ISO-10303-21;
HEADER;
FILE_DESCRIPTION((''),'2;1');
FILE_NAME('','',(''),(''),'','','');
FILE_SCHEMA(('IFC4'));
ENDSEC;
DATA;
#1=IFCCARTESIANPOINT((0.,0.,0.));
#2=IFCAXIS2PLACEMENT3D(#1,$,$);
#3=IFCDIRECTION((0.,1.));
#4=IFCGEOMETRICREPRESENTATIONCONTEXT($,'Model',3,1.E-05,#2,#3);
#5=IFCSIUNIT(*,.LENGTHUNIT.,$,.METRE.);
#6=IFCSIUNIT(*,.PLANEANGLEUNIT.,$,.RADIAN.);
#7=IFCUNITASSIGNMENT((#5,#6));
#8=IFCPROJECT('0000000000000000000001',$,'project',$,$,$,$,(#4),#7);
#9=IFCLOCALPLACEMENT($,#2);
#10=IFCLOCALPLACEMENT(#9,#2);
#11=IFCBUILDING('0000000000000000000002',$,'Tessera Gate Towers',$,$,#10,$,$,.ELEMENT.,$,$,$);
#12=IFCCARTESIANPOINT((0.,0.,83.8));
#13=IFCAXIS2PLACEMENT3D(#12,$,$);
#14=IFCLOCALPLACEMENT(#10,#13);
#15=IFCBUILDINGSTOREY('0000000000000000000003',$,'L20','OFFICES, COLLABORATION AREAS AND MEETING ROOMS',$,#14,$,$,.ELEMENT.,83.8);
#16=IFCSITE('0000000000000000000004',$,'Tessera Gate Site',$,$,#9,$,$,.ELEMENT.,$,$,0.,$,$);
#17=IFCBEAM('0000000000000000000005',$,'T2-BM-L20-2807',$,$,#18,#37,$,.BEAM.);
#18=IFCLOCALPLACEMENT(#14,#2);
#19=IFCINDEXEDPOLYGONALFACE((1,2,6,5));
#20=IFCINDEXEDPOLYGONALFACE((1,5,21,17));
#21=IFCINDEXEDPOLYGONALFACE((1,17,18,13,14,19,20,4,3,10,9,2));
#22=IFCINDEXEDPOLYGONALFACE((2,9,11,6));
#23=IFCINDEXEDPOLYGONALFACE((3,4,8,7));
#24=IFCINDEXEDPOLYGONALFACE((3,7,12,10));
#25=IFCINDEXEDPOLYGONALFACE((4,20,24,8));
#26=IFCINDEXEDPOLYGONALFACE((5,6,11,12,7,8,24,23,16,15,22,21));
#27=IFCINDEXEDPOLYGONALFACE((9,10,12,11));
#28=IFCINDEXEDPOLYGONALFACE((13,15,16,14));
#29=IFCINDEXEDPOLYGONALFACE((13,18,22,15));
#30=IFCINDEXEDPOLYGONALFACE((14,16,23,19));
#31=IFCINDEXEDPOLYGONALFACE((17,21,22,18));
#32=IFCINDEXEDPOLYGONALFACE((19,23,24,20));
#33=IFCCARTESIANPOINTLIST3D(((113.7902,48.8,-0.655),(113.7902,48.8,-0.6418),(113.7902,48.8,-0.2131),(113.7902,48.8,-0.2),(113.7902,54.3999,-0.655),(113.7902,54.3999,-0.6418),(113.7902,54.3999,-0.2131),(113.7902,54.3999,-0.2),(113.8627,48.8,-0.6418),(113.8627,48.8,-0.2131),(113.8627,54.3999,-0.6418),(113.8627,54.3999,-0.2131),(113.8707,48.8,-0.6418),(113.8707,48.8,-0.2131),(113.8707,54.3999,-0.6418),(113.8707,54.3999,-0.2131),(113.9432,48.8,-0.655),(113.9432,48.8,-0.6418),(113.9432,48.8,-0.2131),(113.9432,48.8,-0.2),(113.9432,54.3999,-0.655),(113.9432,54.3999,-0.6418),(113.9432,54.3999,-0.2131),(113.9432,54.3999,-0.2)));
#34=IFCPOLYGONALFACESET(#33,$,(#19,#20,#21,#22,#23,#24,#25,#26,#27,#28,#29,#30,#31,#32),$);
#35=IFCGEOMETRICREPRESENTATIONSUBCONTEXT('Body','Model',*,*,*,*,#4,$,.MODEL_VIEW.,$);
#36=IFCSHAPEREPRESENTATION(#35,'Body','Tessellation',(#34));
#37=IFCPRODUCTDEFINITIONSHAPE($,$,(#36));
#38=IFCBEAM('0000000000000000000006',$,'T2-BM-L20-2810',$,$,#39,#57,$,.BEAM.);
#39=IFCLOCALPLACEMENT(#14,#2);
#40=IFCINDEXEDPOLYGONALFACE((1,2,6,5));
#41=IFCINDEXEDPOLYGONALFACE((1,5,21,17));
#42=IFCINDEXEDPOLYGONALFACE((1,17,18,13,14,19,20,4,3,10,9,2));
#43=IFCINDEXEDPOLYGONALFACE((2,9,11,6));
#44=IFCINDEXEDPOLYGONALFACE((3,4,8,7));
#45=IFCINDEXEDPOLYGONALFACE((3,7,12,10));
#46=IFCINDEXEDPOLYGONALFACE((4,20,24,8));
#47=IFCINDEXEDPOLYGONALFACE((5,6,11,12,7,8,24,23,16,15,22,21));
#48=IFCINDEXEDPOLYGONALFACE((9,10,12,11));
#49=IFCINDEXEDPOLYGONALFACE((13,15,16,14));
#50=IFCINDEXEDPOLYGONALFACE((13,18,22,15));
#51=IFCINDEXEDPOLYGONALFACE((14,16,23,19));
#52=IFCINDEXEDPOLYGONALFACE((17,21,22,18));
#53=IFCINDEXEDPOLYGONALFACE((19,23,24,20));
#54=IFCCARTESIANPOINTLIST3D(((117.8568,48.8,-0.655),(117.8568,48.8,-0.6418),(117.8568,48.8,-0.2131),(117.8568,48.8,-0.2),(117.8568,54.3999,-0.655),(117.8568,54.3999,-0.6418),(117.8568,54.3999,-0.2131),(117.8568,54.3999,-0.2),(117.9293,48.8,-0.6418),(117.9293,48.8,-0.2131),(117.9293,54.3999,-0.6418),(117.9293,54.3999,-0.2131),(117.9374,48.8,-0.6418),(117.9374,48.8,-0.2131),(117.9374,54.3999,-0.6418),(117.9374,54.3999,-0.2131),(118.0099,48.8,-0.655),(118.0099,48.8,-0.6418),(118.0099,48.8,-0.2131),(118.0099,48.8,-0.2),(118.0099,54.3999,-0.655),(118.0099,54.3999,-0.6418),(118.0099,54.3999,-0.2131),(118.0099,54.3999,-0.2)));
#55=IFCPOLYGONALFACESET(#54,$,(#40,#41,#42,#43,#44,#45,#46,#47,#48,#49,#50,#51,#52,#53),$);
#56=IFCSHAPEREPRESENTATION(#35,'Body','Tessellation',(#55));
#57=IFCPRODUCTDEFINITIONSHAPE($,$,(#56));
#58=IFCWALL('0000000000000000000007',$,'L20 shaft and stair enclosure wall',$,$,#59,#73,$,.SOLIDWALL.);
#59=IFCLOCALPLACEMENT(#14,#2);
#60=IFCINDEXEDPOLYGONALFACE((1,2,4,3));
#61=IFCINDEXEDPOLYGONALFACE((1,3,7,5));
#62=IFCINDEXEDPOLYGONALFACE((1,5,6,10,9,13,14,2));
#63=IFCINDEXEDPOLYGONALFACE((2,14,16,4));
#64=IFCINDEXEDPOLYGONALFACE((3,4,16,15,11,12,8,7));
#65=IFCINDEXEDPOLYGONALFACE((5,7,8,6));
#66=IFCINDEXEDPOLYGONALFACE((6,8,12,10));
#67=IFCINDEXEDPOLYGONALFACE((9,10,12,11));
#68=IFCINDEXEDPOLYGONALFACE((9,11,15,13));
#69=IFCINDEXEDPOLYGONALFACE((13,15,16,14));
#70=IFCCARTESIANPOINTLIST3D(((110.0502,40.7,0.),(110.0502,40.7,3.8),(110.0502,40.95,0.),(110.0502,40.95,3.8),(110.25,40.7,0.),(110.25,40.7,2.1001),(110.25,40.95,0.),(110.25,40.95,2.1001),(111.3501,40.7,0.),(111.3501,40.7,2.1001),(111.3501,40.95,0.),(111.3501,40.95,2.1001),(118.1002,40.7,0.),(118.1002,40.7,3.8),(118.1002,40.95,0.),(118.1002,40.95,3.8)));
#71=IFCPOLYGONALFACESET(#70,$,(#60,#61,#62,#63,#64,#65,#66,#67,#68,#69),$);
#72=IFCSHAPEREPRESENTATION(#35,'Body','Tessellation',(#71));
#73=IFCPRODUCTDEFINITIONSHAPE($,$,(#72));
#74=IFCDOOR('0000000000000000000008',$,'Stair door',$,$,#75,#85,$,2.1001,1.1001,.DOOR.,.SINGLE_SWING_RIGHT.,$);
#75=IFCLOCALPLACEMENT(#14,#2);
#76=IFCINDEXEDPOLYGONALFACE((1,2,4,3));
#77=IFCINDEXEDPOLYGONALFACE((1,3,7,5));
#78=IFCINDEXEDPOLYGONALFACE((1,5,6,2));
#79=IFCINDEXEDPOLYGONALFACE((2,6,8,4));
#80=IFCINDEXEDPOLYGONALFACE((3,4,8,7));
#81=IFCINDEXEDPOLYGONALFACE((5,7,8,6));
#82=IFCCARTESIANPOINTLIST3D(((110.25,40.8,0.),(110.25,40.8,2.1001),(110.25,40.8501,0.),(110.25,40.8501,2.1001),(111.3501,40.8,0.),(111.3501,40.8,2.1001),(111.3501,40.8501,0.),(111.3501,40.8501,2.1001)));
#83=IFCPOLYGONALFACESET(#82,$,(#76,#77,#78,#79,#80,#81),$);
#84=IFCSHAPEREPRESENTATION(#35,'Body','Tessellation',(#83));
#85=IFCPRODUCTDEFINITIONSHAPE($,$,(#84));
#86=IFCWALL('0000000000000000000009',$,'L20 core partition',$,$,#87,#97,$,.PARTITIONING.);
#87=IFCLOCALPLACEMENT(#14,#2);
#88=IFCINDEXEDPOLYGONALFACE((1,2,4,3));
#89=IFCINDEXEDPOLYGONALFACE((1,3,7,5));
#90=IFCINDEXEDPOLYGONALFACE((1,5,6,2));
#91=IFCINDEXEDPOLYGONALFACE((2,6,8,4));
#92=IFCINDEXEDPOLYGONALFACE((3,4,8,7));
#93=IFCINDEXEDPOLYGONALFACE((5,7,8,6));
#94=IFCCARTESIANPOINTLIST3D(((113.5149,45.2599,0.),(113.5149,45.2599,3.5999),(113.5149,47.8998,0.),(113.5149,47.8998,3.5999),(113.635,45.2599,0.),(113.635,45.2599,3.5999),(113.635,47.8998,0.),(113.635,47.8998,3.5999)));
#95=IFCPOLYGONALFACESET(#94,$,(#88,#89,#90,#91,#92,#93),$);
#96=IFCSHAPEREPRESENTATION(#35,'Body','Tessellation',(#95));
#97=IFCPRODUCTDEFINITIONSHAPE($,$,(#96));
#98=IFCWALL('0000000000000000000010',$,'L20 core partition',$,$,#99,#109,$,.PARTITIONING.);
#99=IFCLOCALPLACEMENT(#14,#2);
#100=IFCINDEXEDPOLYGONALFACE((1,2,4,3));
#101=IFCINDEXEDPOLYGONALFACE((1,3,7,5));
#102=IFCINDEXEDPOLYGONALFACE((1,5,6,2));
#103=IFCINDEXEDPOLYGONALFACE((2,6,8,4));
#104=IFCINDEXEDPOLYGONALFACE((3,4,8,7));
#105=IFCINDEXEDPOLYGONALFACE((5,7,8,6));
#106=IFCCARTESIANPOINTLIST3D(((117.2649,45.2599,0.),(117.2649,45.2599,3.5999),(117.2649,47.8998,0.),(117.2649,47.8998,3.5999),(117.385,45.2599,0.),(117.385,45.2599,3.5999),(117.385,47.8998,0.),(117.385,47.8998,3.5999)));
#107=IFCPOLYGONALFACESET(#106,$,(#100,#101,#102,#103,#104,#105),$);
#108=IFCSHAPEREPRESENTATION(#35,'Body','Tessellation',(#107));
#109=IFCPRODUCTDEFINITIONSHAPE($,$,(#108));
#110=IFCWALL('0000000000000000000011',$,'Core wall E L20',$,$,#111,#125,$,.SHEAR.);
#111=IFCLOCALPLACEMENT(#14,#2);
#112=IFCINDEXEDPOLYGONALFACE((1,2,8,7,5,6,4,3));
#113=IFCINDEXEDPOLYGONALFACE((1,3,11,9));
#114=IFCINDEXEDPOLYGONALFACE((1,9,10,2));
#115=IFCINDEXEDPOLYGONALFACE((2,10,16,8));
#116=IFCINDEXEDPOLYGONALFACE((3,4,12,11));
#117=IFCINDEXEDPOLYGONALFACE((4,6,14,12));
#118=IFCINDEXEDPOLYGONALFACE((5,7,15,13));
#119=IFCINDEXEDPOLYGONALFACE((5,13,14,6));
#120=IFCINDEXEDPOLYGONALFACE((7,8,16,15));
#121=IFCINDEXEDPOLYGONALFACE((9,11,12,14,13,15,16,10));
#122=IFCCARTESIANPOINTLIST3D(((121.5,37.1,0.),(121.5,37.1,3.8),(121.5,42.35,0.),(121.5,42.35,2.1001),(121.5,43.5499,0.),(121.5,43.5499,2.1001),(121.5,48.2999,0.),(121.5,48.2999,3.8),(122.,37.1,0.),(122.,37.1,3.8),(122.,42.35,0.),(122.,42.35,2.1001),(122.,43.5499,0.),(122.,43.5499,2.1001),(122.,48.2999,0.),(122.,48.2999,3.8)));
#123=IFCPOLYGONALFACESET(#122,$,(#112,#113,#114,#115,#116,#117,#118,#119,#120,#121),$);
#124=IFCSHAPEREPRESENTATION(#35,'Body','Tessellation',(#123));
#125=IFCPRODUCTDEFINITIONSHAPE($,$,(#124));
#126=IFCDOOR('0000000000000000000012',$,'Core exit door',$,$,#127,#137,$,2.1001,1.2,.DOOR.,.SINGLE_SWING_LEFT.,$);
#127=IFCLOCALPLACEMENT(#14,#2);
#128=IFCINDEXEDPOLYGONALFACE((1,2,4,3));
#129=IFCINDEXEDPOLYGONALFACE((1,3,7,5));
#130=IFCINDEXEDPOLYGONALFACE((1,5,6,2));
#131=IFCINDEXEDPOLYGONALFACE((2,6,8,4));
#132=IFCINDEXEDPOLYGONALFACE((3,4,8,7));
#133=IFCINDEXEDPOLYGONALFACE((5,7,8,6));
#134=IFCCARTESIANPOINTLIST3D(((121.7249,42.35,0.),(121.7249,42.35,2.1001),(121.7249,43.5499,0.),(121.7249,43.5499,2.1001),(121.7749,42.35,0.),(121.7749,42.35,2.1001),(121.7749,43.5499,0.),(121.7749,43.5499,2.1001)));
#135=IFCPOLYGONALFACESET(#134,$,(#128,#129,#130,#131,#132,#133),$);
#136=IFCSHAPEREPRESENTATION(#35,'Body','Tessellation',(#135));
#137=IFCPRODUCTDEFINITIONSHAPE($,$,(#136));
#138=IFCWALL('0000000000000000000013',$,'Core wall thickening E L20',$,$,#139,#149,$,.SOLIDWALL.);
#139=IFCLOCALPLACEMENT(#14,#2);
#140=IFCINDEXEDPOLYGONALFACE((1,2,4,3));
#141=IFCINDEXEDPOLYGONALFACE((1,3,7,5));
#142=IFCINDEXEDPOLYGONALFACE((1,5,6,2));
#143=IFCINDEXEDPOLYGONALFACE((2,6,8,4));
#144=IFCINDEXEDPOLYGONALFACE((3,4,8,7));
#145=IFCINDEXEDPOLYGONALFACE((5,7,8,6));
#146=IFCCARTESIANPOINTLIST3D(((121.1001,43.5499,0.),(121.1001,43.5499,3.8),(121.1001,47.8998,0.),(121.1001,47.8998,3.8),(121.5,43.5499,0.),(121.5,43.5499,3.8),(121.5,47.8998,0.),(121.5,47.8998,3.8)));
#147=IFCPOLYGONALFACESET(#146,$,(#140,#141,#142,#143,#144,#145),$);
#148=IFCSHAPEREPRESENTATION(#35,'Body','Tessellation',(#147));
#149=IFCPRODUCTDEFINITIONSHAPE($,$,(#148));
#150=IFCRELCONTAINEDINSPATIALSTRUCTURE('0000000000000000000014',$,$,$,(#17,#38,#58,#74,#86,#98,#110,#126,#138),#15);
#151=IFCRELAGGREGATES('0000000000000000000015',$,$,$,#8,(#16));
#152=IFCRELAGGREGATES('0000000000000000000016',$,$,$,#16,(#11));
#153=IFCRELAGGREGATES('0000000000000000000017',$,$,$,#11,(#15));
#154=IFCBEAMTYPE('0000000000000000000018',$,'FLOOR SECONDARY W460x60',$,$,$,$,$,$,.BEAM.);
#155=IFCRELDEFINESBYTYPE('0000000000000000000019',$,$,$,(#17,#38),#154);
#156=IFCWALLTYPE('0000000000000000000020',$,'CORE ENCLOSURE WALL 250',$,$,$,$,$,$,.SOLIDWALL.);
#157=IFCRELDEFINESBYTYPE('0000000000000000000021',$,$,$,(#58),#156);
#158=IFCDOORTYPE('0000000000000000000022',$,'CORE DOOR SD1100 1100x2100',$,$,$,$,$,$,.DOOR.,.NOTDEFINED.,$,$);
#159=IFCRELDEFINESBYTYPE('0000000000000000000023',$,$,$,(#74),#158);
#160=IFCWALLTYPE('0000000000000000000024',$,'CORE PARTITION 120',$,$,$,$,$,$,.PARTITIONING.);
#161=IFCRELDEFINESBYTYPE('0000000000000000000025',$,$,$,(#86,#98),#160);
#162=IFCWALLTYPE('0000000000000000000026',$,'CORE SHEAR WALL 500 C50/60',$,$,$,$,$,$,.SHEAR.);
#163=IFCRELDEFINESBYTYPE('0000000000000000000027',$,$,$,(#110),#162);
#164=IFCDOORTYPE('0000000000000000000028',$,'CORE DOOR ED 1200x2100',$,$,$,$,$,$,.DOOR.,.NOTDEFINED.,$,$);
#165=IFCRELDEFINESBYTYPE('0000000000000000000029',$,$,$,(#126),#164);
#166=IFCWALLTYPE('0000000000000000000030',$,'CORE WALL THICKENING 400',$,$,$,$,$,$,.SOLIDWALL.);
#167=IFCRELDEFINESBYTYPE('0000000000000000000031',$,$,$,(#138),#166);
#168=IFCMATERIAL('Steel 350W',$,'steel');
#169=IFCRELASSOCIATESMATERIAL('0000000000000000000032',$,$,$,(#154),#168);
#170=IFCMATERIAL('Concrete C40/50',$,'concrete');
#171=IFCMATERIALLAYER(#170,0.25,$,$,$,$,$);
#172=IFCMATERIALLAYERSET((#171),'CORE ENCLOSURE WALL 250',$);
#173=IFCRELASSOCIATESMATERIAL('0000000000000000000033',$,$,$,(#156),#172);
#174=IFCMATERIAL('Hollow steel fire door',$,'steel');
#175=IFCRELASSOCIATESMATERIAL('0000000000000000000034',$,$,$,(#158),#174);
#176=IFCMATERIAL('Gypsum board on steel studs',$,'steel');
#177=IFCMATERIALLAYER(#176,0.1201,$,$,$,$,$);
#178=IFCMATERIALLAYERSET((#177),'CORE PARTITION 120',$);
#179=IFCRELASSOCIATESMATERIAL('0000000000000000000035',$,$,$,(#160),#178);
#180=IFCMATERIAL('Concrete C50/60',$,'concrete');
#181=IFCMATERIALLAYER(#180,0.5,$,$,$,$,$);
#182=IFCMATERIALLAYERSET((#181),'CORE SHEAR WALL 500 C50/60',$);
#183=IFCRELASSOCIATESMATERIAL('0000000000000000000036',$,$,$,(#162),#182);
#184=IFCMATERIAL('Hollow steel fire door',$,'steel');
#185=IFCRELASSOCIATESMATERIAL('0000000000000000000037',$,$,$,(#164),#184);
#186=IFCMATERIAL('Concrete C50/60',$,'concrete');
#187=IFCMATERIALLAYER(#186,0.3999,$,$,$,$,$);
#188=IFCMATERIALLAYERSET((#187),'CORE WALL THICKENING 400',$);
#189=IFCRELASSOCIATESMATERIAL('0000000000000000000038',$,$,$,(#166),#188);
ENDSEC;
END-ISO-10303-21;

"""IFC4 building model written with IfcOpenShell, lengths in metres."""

from ifc_helpers import new_model, si_unit, direction, frame, frame_2d, origin, origin_2d, place, context, subcontext, project, spatial, rectangle, i_section, extrude, source, transform, mapped, material, layer, layer_set, material_profile, profile_set, type_object, element, fill, save


model = new_model("IFC4")

# Units and contexts
model_context = context("Model", 3, precision=1e-05, world=origin(), true_north=direction((0.0, 1.0)))
body_context = subcontext(model_context, "Body", "Model", "MODEL_VIEW")
ifc_project = project(units=[si_unit("LENGTHUNIT", "METRE"), si_unit("PLANEANGLEUNIT", "RADIAN")], contexts=[model_context])

# Site, building, storey
site_placement = place(None, origin())
site = spatial("IfcSite", under=ifc_project, at=site_placement, Name="Tessera Gate Site", CompositionType="ELEMENT", RefElevation=0.0)
building_placement = place(site_placement, origin())
building = spatial("IfcBuilding", under=site, at=building_placement, Name="Tessera Gate Towers", CompositionType="ELEMENT")
storey_placement = place(building_placement, frame((0.0, 0.0, 83.8)))
storey = spatial("IfcBuildingStorey", under=building, at=storey_placement, Name="L20", Description="OFFICES, COLLABORATION AREAS AND MEETING ROOMS", CompositionType="ELEMENT", Elevation=83.8)

# Beams
ifc_material_1 = material(Name="Steel 350W", Category="steel")
ifc_material_profile = material_profile(ifc_material_1, i_section(OverallWidth=0.1531, OverallDepth=0.4551, WebThickness=0.0081, FlangeThickness=0.0132, at=origin_2d()), Name="W460x60")
ifc_profile_set = profile_set([ifc_material_profile], Name="Steel 350W")
beam_type = type_object("IfcBeamType", Name="FLOOR SECONDARY W460x60", PredefinedType="BEAM", material=ifc_profile_set)
for number, where, z_axis, x_axis, name in (
    (1, (113.8667, 48.8, -0.4275), (0.0, 1.0, 0.0), (-1.0, 0.0, 0.0), "T2-BM-L20-2807"),
    (2, (117.9333, 48.8, -0.4275), (0.0, 1.0, 0.0), (-1.0, 0.0, 0.0), "T2-BM-L20-2810"),
):
    element("IfcBeam", number, at=place(storey_placement, frame(where, z_axis=z_axis, x_axis=x_axis)), inside=storey, type_object=beam_type, Name=name, PredefinedType="BEAM", context=body_context, shape_type="SweptSolid", body=[
        extrude(i_section(OverallWidth=0.1531, OverallDepth=0.4551, WebThickness=0.0081, FlangeThickness=0.0132, at=origin_2d()), origin(), (0.0, 0.0, 1.0), 5.5999),
    ])

# Wall, opening, door
ifc_material_2 = material(Name="Concrete C40/50", Category="concrete")
ifc_layer_1 = layer(ifc_material_2, 0.25)
ifc_layer_set_1 = layer_set([ifc_layer_1], Name="CORE ENCLOSURE WALL 250")
wall_type_1 = type_object("IfcWallType", Name="CORE ENCLOSURE WALL 250", PredefinedType="SOLIDWALL", material=ifc_layer_set_1)
wall_1_placement = place(storey_placement, frame((118.1001, 40.825, 0.0), z_axis=(0.0, 0.0, 1.0), x_axis=(-1.0, 0.0, 0.0)))
wall_1 = element("IfcWall", 3, at=wall_1_placement, inside=storey, type_object=wall_type_1, Name="L20 shaft and stair enclosure wall", PredefinedType="SOLIDWALL", context=body_context, shape_type="SweptSolid", body=[
    extrude(rectangle(XDim=8.05, YDim=0.25, at=frame_2d((4.0249, 0.0))), origin(), (0.0, 0.0, 1.0), 3.8),
])
shared_shape_1 = source(origin(), body_context, "Body", "SweptSolid", [
    extrude(rectangle(XDim=1.1001, YDim=2.1001, at=frame_2d((0.55, 1.05))), frame((0.0, 0.135, 0.0), z_axis=(0.0, -1.0, 0.0), x_axis=(1.0, 0.0, 0.0)), (0.0, 0.0, 1.0), 0.27),
])
opening_1_placement = place(wall_1_placement, frame((6.75, 0.0, 0.0)))
opening_1 = element("IfcOpeningElement", 4, at=opening_1_placement, cuts=wall_1, PredefinedType="OPENING", context=body_context, shape_type="MappedRepresentation", body=[
    mapped(shared_shape_1, transform((0.0, 0.0, 0.0), scale=1.0)),
])
ifc_material_3 = material(Name="Hollow steel fire door", Category="steel")
door_type_1 = type_object("IfcDoorType", Name="CORE DOOR SD1100 1100x2100", OperationType="NOTDEFINED", PredefinedType="DOOR", material=ifc_material_3)
shared_shape_2 = source(origin(), body_context, "Body", "SweptSolid", [
    extrude(rectangle(XDim=1.1001, YDim=2.1001, at=frame_2d((0.55, 1.05))), frame((0.0, 0.0249, 0.0), z_axis=(0.0, -1.0, 0.0), x_axis=(1.0, 0.0, 0.0)), (0.0, 0.0, 1.0), 0.05),
])
door_1_placement = place(opening_1_placement, origin())
door_1 = element("IfcDoor", 5, at=door_1_placement, inside=storey, type_object=door_type_1, Name="Stair door", OperationType="SINGLE_SWING_RIGHT", OverallHeight=2.1001, OverallWidth=1.1001, PredefinedType="DOOR", context=body_context, shape_type="MappedRepresentation", body=[
    mapped(shared_shape_2, transform((0.0, 0.0, 0.0), scale=1.0)),
])
fill(opening_1, door_1)

# Walls
ifc_material_4 = material(Name="Gypsum board on steel studs", Category="steel")
ifc_layer_2 = layer(ifc_material_4, 0.1201)
ifc_layer_set_2 = layer_set([ifc_layer_2], Name="CORE PARTITION 120")
wall_type_2 = type_object("IfcWallType", Name="CORE PARTITION 120", PredefinedType="PARTITIONING", material=ifc_layer_set_2)
for number, where, z_axis, x_axis, name in (
    (6, (113.575, 45.26, 0.0), (0.0, 0.0, 1.0), (0.0, 1.0, 0.0), "L20 core partition"),
    (7, (117.325, 45.26, 0.0), (0.0, 0.0, 1.0), (0.0, 1.0, 0.0), "L20 core partition"),
):
    element("IfcWall", number, at=place(storey_placement, frame(where, z_axis=z_axis, x_axis=x_axis)), inside=storey, type_object=wall_type_2, Name=name, PredefinedType="PARTITIONING", context=body_context, shape_type="SweptSolid", body=[
        extrude(rectangle(XDim=2.6399, YDim=0.1201, at=frame_2d((1.3198, 0.0))), origin(), (0.0, 0.0, 1.0), 3.5999),
    ])

# Wall, opening, door
ifc_material_5 = material(Name="Concrete C50/60", Category="concrete")
ifc_layer_3 = layer(ifc_material_5, 0.5)
ifc_layer_set_3 = layer_set([ifc_layer_3], Name="CORE SHEAR WALL 500 C50/60")
wall_type_3 = type_object("IfcWallType", Name="CORE SHEAR WALL 500 C50/60", PredefinedType="SHEAR", material=ifc_layer_set_3)
wall_2_placement = place(storey_placement, frame((121.75, 48.3, 0.0), z_axis=(0.0, 0.0, 1.0), x_axis=(0.0, -1.0, 0.0)))
wall_2 = element("IfcWall", 8, at=wall_2_placement, inside=storey, type_object=wall_type_3, Name="Core wall E L20", PredefinedType="SHEAR", context=body_context, shape_type="SweptSolid", body=[
    extrude(rectangle(XDim=11.2, YDim=0.5, at=frame_2d((5.6001, 0.0))), origin(), (0.0, 0.0, 1.0), 3.8),
])
shared_shape_3 = source(origin(), body_context, "Body", "SweptSolid", [
    extrude(rectangle(XDim=1.2, YDim=2.1001, at=frame_2d((0.6001, 1.05))), frame((0.0, 0.26, 0.0), z_axis=(0.0, -1.0, 0.0), x_axis=(1.0, 0.0, 0.0)), (0.0, 0.0, 1.0), 0.52),
])
opening_2_placement = place(wall_2_placement, frame((4.75, 0.0, 0.0)))
opening_2 = element("IfcOpeningElement", 9, at=opening_2_placement, cuts=wall_2, PredefinedType="OPENING", context=body_context, shape_type="MappedRepresentation", body=[
    mapped(shared_shape_3, transform((0.0, 0.0, 0.0), scale=1.0)),
])
ifc_material_6 = material(Name="Hollow steel fire door", Category="steel")
door_type_2 = type_object("IfcDoorType", Name="CORE DOOR ED 1200x2100", OperationType="NOTDEFINED", PredefinedType="DOOR", material=ifc_material_6)
shared_shape_4 = source(origin(), body_context, "Body", "SweptSolid", [
    extrude(rectangle(XDim=1.2, YDim=2.1001, at=frame_2d((0.6001, 1.05))), frame((0.0, 0.0249, 0.0), z_axis=(0.0, -1.0, 0.0), x_axis=(1.0, 0.0, 0.0)), (0.0, 0.0, 1.0), 0.05),
])
door_2_placement = place(opening_2_placement, origin())
door_2 = element("IfcDoor", 10, at=door_2_placement, inside=storey, type_object=door_type_2, Name="Core exit door", OperationType="SINGLE_SWING_LEFT", OverallHeight=2.1001, OverallWidth=1.2, PredefinedType="DOOR", context=body_context, shape_type="MappedRepresentation", body=[
    mapped(shared_shape_4, transform((0.0, 0.0, 0.0), scale=1.0)),
])
fill(opening_2, door_2)

# Wall
ifc_material_7 = material(Name="Concrete C50/60", Category="concrete")
ifc_layer_4 = layer(ifc_material_7, 0.3999)
ifc_layer_set_4 = layer_set([ifc_layer_4], Name="CORE WALL THICKENING 400")
wall_type_4 = type_object("IfcWallType", Name="CORE WALL THICKENING 400", PredefinedType="SOLIDWALL", material=ifc_layer_set_4)
wall_3_placement = place(storey_placement, frame((121.3, 43.55, 0.0), z_axis=(0.0, 0.0, 1.0), x_axis=(0.0, 1.0, 0.0)))
element("IfcWall", 11, at=wall_3_placement, inside=storey, type_object=wall_type_4, Name="Core wall thickening E L20", PredefinedType="SOLIDWALL", context=body_context, shape_type="SweptSolid", body=[
    extrude(rectangle(XDim=4.3499, YDim=0.3999, at=frame_2d((2.1748, 0.0))), origin(), (0.0, 0.0, 1.0), 3.8),
])

save(model, "model.ifc")
